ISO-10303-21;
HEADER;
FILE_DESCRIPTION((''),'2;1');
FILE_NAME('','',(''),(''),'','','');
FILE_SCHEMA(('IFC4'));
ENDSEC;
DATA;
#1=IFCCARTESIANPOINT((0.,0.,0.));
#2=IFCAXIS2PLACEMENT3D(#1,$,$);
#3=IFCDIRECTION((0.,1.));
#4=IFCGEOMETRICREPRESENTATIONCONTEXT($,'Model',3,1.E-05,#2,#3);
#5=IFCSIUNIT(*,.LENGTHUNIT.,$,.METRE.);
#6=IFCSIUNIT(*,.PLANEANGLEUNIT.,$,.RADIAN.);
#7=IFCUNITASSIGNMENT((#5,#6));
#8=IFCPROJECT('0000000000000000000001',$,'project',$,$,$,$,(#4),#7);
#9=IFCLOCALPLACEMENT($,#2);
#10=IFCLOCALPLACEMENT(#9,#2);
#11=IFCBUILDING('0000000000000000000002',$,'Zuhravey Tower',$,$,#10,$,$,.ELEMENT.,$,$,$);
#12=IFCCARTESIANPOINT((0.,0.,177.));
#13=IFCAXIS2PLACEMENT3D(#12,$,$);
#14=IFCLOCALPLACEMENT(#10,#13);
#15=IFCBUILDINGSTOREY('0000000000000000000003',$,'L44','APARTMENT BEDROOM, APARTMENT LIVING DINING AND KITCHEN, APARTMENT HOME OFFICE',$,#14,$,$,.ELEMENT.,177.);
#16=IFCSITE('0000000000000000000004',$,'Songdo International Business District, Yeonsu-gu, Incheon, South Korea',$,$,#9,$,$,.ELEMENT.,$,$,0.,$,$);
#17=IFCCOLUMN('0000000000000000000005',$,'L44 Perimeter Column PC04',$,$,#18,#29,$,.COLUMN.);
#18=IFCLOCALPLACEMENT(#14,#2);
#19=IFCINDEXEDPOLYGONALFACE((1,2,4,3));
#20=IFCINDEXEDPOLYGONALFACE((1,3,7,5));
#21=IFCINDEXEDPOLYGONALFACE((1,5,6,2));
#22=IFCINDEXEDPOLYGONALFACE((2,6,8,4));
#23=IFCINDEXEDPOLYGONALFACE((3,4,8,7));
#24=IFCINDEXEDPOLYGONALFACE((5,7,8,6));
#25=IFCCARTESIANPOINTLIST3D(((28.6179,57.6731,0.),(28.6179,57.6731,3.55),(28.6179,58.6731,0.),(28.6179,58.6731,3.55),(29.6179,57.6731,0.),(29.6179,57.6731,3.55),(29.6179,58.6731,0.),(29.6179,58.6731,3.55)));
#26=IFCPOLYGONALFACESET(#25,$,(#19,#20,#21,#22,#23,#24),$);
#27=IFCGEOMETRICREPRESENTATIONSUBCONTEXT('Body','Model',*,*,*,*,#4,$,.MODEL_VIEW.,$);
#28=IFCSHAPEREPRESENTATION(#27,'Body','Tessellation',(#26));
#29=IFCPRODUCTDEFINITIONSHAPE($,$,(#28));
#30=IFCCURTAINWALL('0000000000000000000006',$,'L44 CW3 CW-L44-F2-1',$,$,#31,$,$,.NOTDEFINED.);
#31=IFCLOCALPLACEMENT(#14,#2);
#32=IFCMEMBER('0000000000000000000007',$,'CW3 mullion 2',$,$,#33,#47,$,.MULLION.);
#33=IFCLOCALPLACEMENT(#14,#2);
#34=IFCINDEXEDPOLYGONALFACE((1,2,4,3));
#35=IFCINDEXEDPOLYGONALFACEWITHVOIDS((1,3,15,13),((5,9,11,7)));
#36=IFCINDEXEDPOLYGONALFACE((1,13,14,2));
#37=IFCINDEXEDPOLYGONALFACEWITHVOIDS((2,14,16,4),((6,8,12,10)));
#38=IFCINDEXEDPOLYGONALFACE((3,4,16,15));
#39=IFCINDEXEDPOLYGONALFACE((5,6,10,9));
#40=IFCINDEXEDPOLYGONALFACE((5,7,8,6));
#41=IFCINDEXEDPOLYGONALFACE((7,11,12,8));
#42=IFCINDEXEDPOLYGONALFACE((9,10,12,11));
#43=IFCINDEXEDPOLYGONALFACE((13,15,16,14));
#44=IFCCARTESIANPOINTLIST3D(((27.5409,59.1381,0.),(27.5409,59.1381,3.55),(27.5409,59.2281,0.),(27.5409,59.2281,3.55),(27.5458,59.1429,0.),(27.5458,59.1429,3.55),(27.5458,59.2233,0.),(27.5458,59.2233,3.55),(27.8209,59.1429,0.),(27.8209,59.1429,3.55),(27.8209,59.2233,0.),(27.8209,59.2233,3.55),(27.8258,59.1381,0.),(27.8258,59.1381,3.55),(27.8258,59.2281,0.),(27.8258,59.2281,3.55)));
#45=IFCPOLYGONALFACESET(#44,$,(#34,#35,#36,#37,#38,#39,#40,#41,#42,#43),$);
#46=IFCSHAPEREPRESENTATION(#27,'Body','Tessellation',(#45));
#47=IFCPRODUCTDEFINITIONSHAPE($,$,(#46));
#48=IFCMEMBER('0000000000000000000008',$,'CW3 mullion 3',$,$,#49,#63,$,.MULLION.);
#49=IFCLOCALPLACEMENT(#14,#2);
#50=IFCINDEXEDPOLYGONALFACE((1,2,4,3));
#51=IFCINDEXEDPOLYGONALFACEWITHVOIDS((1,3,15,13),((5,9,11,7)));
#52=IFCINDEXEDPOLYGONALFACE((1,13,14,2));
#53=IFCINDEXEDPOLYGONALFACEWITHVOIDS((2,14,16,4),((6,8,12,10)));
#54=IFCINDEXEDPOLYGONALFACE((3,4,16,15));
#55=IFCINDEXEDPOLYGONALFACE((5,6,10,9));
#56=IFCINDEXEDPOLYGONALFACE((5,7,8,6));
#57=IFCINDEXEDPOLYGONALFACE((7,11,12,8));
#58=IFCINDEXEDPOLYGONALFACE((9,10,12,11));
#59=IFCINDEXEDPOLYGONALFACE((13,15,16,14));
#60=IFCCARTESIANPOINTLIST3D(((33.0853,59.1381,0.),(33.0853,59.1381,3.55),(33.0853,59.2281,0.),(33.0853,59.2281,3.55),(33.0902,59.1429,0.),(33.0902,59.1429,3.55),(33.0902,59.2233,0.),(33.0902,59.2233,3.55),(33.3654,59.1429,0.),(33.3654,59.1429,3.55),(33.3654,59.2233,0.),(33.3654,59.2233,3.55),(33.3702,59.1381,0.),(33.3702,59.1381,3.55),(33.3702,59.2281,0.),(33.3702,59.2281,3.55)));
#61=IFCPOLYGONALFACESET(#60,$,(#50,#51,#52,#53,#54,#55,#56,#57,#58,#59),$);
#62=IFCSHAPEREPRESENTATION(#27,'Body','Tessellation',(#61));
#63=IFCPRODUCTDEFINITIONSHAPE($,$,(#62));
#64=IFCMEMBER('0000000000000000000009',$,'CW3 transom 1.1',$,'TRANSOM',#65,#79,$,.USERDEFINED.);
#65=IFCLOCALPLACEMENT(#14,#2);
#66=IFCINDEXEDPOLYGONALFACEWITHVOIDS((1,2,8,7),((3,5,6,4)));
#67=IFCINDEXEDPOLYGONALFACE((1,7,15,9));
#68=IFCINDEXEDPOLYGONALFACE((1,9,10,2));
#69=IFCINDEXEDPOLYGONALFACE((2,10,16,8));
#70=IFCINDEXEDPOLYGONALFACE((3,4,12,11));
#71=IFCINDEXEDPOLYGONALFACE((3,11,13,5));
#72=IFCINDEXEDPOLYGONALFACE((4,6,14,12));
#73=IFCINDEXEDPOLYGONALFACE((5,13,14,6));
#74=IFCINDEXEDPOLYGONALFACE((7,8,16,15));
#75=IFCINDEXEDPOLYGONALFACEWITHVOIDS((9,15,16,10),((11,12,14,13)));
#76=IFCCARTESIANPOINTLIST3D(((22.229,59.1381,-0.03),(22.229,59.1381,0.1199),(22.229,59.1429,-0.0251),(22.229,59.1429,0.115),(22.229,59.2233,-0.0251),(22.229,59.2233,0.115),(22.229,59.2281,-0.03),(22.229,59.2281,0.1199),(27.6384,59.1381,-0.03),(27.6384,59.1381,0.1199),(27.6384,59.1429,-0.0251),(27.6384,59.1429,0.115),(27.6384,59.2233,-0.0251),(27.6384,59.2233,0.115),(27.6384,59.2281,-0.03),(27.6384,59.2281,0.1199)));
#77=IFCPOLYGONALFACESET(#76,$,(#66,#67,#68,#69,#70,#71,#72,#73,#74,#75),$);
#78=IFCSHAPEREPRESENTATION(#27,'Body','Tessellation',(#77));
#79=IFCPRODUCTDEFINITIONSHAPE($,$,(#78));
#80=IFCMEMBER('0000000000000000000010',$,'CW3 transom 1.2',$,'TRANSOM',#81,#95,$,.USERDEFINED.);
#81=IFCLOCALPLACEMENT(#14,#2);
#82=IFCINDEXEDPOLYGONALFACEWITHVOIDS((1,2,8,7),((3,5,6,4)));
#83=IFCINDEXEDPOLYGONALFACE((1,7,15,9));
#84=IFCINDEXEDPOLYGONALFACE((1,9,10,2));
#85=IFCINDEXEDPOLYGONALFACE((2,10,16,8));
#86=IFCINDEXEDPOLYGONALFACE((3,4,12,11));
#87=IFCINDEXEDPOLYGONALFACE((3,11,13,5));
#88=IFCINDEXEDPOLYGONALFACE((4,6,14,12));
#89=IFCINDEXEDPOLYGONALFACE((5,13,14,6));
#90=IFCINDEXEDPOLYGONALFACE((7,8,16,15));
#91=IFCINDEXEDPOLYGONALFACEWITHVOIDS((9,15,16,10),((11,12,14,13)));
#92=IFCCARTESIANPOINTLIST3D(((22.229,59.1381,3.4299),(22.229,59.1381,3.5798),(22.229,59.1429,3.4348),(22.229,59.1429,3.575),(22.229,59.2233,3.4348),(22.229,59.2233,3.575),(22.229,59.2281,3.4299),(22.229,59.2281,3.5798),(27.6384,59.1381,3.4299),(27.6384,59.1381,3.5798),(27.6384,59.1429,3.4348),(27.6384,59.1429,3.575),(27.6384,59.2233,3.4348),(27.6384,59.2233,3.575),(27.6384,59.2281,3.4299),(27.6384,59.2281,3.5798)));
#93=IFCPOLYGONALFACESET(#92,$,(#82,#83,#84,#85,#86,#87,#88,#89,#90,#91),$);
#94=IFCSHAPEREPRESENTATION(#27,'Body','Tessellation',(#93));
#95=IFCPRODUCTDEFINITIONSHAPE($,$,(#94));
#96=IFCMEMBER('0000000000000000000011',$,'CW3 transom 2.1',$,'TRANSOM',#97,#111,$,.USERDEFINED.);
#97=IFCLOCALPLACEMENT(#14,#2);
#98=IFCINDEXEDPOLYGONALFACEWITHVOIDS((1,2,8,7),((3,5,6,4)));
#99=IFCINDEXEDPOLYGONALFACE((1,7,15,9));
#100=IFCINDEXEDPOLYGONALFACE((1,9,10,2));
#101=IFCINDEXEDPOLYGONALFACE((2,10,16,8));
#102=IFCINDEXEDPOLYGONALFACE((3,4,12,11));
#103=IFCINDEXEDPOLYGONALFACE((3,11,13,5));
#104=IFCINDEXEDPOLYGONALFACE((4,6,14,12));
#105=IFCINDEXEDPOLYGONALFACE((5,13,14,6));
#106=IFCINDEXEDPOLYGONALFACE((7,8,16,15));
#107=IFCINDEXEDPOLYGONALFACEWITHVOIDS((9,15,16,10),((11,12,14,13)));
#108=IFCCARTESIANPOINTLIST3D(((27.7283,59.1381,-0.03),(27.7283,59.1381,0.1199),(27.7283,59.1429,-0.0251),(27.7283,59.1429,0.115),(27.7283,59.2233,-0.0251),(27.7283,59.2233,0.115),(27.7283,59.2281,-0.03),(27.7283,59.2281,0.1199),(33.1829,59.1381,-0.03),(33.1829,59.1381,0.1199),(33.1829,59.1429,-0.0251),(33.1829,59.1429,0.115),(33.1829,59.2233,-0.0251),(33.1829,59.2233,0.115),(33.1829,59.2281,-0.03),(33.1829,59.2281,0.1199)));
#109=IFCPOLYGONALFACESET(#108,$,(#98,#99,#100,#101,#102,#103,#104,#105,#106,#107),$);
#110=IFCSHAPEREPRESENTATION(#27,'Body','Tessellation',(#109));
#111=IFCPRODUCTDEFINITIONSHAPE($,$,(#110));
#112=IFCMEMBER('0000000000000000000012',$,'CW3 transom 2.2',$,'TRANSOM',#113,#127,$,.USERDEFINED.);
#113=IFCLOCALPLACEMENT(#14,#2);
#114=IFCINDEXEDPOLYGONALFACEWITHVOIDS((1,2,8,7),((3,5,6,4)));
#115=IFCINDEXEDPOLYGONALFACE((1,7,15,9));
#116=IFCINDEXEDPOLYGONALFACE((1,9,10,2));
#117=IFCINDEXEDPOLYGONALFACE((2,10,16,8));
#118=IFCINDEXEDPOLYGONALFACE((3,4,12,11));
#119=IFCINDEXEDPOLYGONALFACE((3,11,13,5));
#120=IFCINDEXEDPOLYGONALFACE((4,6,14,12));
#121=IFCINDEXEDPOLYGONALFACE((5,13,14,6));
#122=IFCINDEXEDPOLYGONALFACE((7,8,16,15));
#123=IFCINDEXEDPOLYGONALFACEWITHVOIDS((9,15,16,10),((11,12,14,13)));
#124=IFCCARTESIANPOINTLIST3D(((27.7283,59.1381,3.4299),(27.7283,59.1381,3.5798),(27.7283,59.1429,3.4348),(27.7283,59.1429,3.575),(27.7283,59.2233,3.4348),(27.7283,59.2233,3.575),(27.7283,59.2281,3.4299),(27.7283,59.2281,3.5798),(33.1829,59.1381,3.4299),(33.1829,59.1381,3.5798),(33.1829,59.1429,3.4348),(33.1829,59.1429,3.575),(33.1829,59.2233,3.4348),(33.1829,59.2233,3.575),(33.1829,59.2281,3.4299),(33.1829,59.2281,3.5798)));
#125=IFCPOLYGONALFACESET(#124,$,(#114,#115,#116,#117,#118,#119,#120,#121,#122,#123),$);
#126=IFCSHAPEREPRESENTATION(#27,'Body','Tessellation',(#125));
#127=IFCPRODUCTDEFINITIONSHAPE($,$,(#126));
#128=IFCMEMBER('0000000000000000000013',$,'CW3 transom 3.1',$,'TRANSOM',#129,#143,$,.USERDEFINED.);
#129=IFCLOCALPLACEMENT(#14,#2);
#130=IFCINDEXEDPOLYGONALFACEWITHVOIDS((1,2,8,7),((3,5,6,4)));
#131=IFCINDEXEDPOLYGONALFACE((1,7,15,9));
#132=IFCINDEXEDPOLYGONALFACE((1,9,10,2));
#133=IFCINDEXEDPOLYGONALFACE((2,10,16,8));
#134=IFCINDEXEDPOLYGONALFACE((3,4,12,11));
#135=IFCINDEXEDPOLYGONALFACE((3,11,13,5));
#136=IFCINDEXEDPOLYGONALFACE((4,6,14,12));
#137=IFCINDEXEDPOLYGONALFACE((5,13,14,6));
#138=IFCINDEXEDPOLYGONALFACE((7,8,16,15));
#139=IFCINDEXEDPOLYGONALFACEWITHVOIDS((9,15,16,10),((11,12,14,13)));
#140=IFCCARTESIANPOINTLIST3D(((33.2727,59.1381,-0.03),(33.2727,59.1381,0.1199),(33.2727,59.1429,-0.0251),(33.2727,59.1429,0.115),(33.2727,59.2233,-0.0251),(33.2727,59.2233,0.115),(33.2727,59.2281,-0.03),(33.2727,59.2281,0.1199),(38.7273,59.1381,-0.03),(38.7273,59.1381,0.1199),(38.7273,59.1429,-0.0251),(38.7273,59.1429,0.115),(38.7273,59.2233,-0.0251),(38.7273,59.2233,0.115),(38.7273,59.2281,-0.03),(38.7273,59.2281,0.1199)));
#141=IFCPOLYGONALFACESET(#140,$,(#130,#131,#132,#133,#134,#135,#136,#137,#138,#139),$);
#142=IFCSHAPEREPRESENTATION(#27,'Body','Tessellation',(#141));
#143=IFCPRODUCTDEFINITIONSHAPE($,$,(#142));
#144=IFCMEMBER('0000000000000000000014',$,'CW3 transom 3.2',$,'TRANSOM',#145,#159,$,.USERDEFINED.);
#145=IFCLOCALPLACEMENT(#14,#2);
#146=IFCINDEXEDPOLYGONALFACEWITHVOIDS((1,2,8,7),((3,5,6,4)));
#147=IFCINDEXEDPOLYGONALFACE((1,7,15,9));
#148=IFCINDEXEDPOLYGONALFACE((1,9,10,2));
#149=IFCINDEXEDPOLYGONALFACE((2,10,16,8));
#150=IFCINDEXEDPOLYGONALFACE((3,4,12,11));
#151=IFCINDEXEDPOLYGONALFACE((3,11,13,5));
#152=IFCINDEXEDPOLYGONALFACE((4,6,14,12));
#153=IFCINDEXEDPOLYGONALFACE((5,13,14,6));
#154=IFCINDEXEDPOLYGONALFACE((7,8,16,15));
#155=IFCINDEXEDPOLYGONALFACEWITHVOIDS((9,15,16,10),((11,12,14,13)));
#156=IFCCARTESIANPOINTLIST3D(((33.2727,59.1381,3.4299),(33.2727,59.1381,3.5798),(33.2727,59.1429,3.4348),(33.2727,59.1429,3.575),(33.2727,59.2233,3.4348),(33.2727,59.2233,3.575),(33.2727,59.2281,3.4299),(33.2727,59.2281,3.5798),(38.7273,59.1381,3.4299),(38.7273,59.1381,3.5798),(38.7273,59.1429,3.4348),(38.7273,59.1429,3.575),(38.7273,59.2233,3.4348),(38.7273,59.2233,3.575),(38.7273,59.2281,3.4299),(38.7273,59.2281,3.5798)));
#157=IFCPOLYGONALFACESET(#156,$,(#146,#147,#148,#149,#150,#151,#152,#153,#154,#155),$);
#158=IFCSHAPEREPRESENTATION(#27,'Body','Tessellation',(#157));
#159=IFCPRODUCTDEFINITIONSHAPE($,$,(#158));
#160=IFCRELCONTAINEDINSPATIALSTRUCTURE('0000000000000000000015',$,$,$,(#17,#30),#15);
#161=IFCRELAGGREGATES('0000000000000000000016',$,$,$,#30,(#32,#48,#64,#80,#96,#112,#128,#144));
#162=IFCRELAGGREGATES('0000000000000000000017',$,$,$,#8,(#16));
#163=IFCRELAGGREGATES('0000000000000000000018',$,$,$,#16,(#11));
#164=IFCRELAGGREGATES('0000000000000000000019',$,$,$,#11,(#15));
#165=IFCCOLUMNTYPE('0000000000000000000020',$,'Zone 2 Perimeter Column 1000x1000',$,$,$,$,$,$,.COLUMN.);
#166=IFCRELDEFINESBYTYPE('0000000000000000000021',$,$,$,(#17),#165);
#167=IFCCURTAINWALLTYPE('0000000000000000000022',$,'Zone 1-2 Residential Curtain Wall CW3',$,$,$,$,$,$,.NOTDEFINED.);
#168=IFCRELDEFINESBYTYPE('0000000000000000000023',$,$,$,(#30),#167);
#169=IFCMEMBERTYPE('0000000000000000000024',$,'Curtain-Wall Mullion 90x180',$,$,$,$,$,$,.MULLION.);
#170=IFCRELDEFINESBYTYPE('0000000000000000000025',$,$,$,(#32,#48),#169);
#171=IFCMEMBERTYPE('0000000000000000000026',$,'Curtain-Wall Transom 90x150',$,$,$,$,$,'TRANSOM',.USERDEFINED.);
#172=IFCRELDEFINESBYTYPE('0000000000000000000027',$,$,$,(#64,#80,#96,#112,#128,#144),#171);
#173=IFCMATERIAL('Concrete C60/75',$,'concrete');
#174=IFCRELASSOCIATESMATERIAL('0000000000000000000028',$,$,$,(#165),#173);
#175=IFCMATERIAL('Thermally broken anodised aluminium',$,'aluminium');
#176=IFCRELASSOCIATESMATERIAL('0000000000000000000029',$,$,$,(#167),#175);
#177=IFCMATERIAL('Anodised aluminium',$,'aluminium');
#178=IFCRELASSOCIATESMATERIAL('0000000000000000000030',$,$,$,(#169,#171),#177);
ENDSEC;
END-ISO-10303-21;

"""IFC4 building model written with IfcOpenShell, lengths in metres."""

from ifc_helpers import new_model, si_unit, direction, frame, origin, origin_2d, place, context, subcontext, project, spatial, rectangle, hollow_rectangle, extrude, material, material_profile, profile_set, type_object, element, aggregate, save


model = new_model("IFC4")

# Units and contexts
model_context = context("Model", 3, precision=1e-05, world=origin(), true_north=direction((0.0, 1.0)))
body_context = subcontext(model_context, "Body", "Model", "MODEL_VIEW")
ifc_project = project(units=[si_unit("LENGTHUNIT", "METRE"), si_unit("PLANEANGLEUNIT", "RADIAN")], contexts=[model_context])

# Site, building, storey
site_placement = place(None, origin())
site = spatial("IfcSite", under=ifc_project, at=site_placement, Name="Songdo International Business District, Yeonsu-gu, Incheon, South Korea", CompositionType="ELEMENT", RefElevation=0.0)
building_placement = place(site_placement, origin())
building = spatial("IfcBuilding", under=site, at=building_placement, Name="Zuhravey Tower", CompositionType="ELEMENT")
storey_placement = place(building_placement, frame((0.0, 0.0, 177.0)))
storey = spatial("IfcBuildingStorey", under=building, at=storey_placement, Name="L44", Description="APARTMENT BEDROOM, APARTMENT LIVING DINING AND KITCHEN, APARTMENT HOME OFFICE", CompositionType="ELEMENT", Elevation=177.0)

# Column
ifc_material_1 = material(Name="Concrete C60/75", Category="concrete")
ifc_material_profile_1 = material_profile(ifc_material_1, rectangle(XDim=1.0, YDim=1.0, at=origin_2d()), Name="RC-1000x1000")
ifc_profile_set_1 = profile_set([ifc_material_profile_1], Name="Concrete C60/75")
column_type = type_object("IfcColumnType", Name="Zone 2 Perimeter Column 1000x1000", PredefinedType="COLUMN", material=ifc_profile_set_1)
column_placement = place(storey_placement, frame((29.1179, 58.1731, 0.0), z_axis=(0.0, 0.0, 1.0), x_axis=(-1.0, 0.0, 0.0)))
element("IfcColumn", 1, at=column_placement, inside=storey, type_object=column_type, Name="L44 Perimeter Column PC04", PredefinedType="COLUMN", context=body_context, shape_type="SweptSolid", body=[
    extrude(rectangle(XDim=1.0, YDim=1.0, at=origin_2d()), origin(), (0.0, 0.0, 1.0), 3.55),
])

# Curtain wall, members
ifc_material_2 = material(Name="Thermally broken anodised aluminium", Category="aluminium")
curtain_wall_type = type_object("IfcCurtainWallType", Name="Zone 1-2 Residential Curtain Wall CW3", PredefinedType="NOTDEFINED", material=ifc_material_2)
curtain_wall_placement = place(storey_placement, origin())
curtain_wall = element("IfcCurtainWall", 2, at=curtain_wall_placement, inside=storey, type_object=curtain_wall_type, Name="L44 CW3 CW-L44-F2-1", PredefinedType="NOTDEFINED")
ifc_material_3 = material(Name="Anodised aluminium", Category="aluminium")
ifc_material_profile_2 = material_profile(ifc_material_3, hollow_rectangle(XDim=0.0901, YDim=0.2849, WallThickness=0.0049, at=origin_2d()), Name="ALU-RHS-90x285x5")
ifc_profile_set_2 = profile_set([ifc_material_profile_2], Name="Anodised aluminium")
member_type_1 = type_object("IfcMemberType", Name="Curtain-Wall Mullion 90x180", PredefinedType="MULLION", material=ifc_profile_set_2)
member_1_placement = place(storey_placement, frame((27.6833, 59.1831, 0.0), z_axis=(0.0, 0.0, 1.0), x_axis=(0.0, 1.0, 0.0)))
member_1 = element("IfcMember", 3, at=member_1_placement, type_object=member_type_1, Name="CW3 mullion 2", PredefinedType="MULLION", context=body_context, shape_type="SweptSolid", body=[
    extrude(hollow_rectangle(XDim=0.0901, YDim=0.2849, WallThickness=0.0049, at=origin_2d()), origin(), (0.0, 0.0, 1.0), 3.55),
])
member_2_placement = place(storey_placement, frame((33.2278, 59.1831, 0.0), z_axis=(0.0, 0.0, 1.0), x_axis=(0.0, 1.0, 0.0)))
member_2 = element("IfcMember", 4, at=member_2_placement, type_object=member_type_1, Name="CW3 mullion 3", PredefinedType="MULLION", context=body_context, shape_type="SweptSolid", body=[
    extrude(hollow_rectangle(XDim=0.0901, YDim=0.2849, WallThickness=0.0049, at=origin_2d()), origin(), (0.0, 0.0, 1.0), 3.55),
])
ifc_material_profile_3 = material_profile(ifc_material_3, hollow_rectangle(XDim=0.0901, YDim=0.1499, WallThickness=0.0049, at=origin_2d()), Name="ALU-RHS-90x150x5")
ifc_profile_set_3 = profile_set([ifc_material_profile_3], Name="Anodised aluminium")
member_type_2 = type_object("IfcMemberType", Name="Curtain-Wall Transom 90x150", ElementType="TRANSOM", PredefinedType="USERDEFINED", material=ifc_profile_set_3)
member_3_placement = place(storey_placement, frame((22.229, 59.1831, 0.0449), z_axis=(1.0, 0.0, 0.0), x_axis=(0.0, 1.0, 0.0)))
member_3 = element("IfcMember", 5, at=member_3_placement, type_object=member_type_2, Name="CW3 transom 1.1", ObjectType="TRANSOM", PredefinedType="USERDEFINED", context=body_context, shape_type="SweptSolid", body=[
    extrude(hollow_rectangle(XDim=0.0901, YDim=0.1499, WallThickness=0.0049, at=origin_2d()), origin(), (0.0, 0.0, 1.0), 5.4094),
])
member_4_placement = place(storey_placement, frame((22.229, 59.1831, 3.5049), z_axis=(1.0, 0.0, 0.0), x_axis=(0.0, 1.0, 0.0)))
member_4 = element("IfcMember", 6, at=member_4_placement, type_object=member_type_2, Name="CW3 transom 1.2", ObjectType="TRANSOM", PredefinedType="USERDEFINED", context=body_context, shape_type="SweptSolid", body=[
    extrude(hollow_rectangle(XDim=0.0901, YDim=0.1499, WallThickness=0.0049, at=origin_2d()), origin(), (0.0, 0.0, 1.0), 5.4094),
])
member_5_placement = place(storey_placement, frame((27.7283, 59.1831, 0.0449), z_axis=(1.0, 0.0, 0.0), x_axis=(0.0, 1.0, 0.0)))
member_5 = element("IfcMember", 7, at=member_5_placement, type_object=member_type_2, Name="CW3 transom 2.1", ObjectType="TRANSOM", PredefinedType="USERDEFINED", context=body_context, shape_type="SweptSolid", body=[
    extrude(hollow_rectangle(XDim=0.0901, YDim=0.1499, WallThickness=0.0049, at=origin_2d()), origin(), (0.0, 0.0, 1.0), 5.4546),
])
member_6_placement = place(storey_placement, frame((27.7283, 59.1831, 3.5049), z_axis=(1.0, 0.0, 0.0), x_axis=(0.0, 1.0, 0.0)))
member_6 = element("IfcMember", 8, at=member_6_placement, type_object=member_type_2, Name="CW3 transom 2.2", ObjectType="TRANSOM", PredefinedType="USERDEFINED", context=body_context, shape_type="SweptSolid", body=[
    extrude(hollow_rectangle(XDim=0.0901, YDim=0.1499, WallThickness=0.0049, at=origin_2d()), origin(), (0.0, 0.0, 1.0), 5.4546),
])
member_7_placement = place(storey_placement, frame((33.2727, 59.1831, 0.0449), z_axis=(1.0, 0.0, 0.0), x_axis=(0.0, 1.0, 0.0)))
member_7 = element("IfcMember", 9, at=member_7_placement, type_object=member_type_2, Name="CW3 transom 3.1", ObjectType="TRANSOM", PredefinedType="USERDEFINED", context=body_context, shape_type="SweptSolid", body=[
    extrude(hollow_rectangle(XDim=0.0901, YDim=0.1499, WallThickness=0.0049, at=origin_2d()), origin(), (0.0, 0.0, 1.0), 5.4546),
])
member_8_placement = place(storey_placement, frame((33.2727, 59.1831, 3.5049), z_axis=(1.0, 0.0, 0.0), x_axis=(0.0, 1.0, 0.0)))
member_8 = element("IfcMember", 10, at=member_8_placement, type_object=member_type_2, Name="CW3 transom 3.2", ObjectType="TRANSOM", PredefinedType="USERDEFINED", context=body_context, shape_type="SweptSolid", body=[
    extrude(hollow_rectangle(XDim=0.0901, YDim=0.1499, WallThickness=0.0049, at=origin_2d()), origin(), (0.0, 0.0, 1.0), 5.4546),
])

aggregate(curtain_wall, [member_1, member_2, member_3, member_4, member_5, member_6, member_7, member_8])

save(model, "model.ifc")
